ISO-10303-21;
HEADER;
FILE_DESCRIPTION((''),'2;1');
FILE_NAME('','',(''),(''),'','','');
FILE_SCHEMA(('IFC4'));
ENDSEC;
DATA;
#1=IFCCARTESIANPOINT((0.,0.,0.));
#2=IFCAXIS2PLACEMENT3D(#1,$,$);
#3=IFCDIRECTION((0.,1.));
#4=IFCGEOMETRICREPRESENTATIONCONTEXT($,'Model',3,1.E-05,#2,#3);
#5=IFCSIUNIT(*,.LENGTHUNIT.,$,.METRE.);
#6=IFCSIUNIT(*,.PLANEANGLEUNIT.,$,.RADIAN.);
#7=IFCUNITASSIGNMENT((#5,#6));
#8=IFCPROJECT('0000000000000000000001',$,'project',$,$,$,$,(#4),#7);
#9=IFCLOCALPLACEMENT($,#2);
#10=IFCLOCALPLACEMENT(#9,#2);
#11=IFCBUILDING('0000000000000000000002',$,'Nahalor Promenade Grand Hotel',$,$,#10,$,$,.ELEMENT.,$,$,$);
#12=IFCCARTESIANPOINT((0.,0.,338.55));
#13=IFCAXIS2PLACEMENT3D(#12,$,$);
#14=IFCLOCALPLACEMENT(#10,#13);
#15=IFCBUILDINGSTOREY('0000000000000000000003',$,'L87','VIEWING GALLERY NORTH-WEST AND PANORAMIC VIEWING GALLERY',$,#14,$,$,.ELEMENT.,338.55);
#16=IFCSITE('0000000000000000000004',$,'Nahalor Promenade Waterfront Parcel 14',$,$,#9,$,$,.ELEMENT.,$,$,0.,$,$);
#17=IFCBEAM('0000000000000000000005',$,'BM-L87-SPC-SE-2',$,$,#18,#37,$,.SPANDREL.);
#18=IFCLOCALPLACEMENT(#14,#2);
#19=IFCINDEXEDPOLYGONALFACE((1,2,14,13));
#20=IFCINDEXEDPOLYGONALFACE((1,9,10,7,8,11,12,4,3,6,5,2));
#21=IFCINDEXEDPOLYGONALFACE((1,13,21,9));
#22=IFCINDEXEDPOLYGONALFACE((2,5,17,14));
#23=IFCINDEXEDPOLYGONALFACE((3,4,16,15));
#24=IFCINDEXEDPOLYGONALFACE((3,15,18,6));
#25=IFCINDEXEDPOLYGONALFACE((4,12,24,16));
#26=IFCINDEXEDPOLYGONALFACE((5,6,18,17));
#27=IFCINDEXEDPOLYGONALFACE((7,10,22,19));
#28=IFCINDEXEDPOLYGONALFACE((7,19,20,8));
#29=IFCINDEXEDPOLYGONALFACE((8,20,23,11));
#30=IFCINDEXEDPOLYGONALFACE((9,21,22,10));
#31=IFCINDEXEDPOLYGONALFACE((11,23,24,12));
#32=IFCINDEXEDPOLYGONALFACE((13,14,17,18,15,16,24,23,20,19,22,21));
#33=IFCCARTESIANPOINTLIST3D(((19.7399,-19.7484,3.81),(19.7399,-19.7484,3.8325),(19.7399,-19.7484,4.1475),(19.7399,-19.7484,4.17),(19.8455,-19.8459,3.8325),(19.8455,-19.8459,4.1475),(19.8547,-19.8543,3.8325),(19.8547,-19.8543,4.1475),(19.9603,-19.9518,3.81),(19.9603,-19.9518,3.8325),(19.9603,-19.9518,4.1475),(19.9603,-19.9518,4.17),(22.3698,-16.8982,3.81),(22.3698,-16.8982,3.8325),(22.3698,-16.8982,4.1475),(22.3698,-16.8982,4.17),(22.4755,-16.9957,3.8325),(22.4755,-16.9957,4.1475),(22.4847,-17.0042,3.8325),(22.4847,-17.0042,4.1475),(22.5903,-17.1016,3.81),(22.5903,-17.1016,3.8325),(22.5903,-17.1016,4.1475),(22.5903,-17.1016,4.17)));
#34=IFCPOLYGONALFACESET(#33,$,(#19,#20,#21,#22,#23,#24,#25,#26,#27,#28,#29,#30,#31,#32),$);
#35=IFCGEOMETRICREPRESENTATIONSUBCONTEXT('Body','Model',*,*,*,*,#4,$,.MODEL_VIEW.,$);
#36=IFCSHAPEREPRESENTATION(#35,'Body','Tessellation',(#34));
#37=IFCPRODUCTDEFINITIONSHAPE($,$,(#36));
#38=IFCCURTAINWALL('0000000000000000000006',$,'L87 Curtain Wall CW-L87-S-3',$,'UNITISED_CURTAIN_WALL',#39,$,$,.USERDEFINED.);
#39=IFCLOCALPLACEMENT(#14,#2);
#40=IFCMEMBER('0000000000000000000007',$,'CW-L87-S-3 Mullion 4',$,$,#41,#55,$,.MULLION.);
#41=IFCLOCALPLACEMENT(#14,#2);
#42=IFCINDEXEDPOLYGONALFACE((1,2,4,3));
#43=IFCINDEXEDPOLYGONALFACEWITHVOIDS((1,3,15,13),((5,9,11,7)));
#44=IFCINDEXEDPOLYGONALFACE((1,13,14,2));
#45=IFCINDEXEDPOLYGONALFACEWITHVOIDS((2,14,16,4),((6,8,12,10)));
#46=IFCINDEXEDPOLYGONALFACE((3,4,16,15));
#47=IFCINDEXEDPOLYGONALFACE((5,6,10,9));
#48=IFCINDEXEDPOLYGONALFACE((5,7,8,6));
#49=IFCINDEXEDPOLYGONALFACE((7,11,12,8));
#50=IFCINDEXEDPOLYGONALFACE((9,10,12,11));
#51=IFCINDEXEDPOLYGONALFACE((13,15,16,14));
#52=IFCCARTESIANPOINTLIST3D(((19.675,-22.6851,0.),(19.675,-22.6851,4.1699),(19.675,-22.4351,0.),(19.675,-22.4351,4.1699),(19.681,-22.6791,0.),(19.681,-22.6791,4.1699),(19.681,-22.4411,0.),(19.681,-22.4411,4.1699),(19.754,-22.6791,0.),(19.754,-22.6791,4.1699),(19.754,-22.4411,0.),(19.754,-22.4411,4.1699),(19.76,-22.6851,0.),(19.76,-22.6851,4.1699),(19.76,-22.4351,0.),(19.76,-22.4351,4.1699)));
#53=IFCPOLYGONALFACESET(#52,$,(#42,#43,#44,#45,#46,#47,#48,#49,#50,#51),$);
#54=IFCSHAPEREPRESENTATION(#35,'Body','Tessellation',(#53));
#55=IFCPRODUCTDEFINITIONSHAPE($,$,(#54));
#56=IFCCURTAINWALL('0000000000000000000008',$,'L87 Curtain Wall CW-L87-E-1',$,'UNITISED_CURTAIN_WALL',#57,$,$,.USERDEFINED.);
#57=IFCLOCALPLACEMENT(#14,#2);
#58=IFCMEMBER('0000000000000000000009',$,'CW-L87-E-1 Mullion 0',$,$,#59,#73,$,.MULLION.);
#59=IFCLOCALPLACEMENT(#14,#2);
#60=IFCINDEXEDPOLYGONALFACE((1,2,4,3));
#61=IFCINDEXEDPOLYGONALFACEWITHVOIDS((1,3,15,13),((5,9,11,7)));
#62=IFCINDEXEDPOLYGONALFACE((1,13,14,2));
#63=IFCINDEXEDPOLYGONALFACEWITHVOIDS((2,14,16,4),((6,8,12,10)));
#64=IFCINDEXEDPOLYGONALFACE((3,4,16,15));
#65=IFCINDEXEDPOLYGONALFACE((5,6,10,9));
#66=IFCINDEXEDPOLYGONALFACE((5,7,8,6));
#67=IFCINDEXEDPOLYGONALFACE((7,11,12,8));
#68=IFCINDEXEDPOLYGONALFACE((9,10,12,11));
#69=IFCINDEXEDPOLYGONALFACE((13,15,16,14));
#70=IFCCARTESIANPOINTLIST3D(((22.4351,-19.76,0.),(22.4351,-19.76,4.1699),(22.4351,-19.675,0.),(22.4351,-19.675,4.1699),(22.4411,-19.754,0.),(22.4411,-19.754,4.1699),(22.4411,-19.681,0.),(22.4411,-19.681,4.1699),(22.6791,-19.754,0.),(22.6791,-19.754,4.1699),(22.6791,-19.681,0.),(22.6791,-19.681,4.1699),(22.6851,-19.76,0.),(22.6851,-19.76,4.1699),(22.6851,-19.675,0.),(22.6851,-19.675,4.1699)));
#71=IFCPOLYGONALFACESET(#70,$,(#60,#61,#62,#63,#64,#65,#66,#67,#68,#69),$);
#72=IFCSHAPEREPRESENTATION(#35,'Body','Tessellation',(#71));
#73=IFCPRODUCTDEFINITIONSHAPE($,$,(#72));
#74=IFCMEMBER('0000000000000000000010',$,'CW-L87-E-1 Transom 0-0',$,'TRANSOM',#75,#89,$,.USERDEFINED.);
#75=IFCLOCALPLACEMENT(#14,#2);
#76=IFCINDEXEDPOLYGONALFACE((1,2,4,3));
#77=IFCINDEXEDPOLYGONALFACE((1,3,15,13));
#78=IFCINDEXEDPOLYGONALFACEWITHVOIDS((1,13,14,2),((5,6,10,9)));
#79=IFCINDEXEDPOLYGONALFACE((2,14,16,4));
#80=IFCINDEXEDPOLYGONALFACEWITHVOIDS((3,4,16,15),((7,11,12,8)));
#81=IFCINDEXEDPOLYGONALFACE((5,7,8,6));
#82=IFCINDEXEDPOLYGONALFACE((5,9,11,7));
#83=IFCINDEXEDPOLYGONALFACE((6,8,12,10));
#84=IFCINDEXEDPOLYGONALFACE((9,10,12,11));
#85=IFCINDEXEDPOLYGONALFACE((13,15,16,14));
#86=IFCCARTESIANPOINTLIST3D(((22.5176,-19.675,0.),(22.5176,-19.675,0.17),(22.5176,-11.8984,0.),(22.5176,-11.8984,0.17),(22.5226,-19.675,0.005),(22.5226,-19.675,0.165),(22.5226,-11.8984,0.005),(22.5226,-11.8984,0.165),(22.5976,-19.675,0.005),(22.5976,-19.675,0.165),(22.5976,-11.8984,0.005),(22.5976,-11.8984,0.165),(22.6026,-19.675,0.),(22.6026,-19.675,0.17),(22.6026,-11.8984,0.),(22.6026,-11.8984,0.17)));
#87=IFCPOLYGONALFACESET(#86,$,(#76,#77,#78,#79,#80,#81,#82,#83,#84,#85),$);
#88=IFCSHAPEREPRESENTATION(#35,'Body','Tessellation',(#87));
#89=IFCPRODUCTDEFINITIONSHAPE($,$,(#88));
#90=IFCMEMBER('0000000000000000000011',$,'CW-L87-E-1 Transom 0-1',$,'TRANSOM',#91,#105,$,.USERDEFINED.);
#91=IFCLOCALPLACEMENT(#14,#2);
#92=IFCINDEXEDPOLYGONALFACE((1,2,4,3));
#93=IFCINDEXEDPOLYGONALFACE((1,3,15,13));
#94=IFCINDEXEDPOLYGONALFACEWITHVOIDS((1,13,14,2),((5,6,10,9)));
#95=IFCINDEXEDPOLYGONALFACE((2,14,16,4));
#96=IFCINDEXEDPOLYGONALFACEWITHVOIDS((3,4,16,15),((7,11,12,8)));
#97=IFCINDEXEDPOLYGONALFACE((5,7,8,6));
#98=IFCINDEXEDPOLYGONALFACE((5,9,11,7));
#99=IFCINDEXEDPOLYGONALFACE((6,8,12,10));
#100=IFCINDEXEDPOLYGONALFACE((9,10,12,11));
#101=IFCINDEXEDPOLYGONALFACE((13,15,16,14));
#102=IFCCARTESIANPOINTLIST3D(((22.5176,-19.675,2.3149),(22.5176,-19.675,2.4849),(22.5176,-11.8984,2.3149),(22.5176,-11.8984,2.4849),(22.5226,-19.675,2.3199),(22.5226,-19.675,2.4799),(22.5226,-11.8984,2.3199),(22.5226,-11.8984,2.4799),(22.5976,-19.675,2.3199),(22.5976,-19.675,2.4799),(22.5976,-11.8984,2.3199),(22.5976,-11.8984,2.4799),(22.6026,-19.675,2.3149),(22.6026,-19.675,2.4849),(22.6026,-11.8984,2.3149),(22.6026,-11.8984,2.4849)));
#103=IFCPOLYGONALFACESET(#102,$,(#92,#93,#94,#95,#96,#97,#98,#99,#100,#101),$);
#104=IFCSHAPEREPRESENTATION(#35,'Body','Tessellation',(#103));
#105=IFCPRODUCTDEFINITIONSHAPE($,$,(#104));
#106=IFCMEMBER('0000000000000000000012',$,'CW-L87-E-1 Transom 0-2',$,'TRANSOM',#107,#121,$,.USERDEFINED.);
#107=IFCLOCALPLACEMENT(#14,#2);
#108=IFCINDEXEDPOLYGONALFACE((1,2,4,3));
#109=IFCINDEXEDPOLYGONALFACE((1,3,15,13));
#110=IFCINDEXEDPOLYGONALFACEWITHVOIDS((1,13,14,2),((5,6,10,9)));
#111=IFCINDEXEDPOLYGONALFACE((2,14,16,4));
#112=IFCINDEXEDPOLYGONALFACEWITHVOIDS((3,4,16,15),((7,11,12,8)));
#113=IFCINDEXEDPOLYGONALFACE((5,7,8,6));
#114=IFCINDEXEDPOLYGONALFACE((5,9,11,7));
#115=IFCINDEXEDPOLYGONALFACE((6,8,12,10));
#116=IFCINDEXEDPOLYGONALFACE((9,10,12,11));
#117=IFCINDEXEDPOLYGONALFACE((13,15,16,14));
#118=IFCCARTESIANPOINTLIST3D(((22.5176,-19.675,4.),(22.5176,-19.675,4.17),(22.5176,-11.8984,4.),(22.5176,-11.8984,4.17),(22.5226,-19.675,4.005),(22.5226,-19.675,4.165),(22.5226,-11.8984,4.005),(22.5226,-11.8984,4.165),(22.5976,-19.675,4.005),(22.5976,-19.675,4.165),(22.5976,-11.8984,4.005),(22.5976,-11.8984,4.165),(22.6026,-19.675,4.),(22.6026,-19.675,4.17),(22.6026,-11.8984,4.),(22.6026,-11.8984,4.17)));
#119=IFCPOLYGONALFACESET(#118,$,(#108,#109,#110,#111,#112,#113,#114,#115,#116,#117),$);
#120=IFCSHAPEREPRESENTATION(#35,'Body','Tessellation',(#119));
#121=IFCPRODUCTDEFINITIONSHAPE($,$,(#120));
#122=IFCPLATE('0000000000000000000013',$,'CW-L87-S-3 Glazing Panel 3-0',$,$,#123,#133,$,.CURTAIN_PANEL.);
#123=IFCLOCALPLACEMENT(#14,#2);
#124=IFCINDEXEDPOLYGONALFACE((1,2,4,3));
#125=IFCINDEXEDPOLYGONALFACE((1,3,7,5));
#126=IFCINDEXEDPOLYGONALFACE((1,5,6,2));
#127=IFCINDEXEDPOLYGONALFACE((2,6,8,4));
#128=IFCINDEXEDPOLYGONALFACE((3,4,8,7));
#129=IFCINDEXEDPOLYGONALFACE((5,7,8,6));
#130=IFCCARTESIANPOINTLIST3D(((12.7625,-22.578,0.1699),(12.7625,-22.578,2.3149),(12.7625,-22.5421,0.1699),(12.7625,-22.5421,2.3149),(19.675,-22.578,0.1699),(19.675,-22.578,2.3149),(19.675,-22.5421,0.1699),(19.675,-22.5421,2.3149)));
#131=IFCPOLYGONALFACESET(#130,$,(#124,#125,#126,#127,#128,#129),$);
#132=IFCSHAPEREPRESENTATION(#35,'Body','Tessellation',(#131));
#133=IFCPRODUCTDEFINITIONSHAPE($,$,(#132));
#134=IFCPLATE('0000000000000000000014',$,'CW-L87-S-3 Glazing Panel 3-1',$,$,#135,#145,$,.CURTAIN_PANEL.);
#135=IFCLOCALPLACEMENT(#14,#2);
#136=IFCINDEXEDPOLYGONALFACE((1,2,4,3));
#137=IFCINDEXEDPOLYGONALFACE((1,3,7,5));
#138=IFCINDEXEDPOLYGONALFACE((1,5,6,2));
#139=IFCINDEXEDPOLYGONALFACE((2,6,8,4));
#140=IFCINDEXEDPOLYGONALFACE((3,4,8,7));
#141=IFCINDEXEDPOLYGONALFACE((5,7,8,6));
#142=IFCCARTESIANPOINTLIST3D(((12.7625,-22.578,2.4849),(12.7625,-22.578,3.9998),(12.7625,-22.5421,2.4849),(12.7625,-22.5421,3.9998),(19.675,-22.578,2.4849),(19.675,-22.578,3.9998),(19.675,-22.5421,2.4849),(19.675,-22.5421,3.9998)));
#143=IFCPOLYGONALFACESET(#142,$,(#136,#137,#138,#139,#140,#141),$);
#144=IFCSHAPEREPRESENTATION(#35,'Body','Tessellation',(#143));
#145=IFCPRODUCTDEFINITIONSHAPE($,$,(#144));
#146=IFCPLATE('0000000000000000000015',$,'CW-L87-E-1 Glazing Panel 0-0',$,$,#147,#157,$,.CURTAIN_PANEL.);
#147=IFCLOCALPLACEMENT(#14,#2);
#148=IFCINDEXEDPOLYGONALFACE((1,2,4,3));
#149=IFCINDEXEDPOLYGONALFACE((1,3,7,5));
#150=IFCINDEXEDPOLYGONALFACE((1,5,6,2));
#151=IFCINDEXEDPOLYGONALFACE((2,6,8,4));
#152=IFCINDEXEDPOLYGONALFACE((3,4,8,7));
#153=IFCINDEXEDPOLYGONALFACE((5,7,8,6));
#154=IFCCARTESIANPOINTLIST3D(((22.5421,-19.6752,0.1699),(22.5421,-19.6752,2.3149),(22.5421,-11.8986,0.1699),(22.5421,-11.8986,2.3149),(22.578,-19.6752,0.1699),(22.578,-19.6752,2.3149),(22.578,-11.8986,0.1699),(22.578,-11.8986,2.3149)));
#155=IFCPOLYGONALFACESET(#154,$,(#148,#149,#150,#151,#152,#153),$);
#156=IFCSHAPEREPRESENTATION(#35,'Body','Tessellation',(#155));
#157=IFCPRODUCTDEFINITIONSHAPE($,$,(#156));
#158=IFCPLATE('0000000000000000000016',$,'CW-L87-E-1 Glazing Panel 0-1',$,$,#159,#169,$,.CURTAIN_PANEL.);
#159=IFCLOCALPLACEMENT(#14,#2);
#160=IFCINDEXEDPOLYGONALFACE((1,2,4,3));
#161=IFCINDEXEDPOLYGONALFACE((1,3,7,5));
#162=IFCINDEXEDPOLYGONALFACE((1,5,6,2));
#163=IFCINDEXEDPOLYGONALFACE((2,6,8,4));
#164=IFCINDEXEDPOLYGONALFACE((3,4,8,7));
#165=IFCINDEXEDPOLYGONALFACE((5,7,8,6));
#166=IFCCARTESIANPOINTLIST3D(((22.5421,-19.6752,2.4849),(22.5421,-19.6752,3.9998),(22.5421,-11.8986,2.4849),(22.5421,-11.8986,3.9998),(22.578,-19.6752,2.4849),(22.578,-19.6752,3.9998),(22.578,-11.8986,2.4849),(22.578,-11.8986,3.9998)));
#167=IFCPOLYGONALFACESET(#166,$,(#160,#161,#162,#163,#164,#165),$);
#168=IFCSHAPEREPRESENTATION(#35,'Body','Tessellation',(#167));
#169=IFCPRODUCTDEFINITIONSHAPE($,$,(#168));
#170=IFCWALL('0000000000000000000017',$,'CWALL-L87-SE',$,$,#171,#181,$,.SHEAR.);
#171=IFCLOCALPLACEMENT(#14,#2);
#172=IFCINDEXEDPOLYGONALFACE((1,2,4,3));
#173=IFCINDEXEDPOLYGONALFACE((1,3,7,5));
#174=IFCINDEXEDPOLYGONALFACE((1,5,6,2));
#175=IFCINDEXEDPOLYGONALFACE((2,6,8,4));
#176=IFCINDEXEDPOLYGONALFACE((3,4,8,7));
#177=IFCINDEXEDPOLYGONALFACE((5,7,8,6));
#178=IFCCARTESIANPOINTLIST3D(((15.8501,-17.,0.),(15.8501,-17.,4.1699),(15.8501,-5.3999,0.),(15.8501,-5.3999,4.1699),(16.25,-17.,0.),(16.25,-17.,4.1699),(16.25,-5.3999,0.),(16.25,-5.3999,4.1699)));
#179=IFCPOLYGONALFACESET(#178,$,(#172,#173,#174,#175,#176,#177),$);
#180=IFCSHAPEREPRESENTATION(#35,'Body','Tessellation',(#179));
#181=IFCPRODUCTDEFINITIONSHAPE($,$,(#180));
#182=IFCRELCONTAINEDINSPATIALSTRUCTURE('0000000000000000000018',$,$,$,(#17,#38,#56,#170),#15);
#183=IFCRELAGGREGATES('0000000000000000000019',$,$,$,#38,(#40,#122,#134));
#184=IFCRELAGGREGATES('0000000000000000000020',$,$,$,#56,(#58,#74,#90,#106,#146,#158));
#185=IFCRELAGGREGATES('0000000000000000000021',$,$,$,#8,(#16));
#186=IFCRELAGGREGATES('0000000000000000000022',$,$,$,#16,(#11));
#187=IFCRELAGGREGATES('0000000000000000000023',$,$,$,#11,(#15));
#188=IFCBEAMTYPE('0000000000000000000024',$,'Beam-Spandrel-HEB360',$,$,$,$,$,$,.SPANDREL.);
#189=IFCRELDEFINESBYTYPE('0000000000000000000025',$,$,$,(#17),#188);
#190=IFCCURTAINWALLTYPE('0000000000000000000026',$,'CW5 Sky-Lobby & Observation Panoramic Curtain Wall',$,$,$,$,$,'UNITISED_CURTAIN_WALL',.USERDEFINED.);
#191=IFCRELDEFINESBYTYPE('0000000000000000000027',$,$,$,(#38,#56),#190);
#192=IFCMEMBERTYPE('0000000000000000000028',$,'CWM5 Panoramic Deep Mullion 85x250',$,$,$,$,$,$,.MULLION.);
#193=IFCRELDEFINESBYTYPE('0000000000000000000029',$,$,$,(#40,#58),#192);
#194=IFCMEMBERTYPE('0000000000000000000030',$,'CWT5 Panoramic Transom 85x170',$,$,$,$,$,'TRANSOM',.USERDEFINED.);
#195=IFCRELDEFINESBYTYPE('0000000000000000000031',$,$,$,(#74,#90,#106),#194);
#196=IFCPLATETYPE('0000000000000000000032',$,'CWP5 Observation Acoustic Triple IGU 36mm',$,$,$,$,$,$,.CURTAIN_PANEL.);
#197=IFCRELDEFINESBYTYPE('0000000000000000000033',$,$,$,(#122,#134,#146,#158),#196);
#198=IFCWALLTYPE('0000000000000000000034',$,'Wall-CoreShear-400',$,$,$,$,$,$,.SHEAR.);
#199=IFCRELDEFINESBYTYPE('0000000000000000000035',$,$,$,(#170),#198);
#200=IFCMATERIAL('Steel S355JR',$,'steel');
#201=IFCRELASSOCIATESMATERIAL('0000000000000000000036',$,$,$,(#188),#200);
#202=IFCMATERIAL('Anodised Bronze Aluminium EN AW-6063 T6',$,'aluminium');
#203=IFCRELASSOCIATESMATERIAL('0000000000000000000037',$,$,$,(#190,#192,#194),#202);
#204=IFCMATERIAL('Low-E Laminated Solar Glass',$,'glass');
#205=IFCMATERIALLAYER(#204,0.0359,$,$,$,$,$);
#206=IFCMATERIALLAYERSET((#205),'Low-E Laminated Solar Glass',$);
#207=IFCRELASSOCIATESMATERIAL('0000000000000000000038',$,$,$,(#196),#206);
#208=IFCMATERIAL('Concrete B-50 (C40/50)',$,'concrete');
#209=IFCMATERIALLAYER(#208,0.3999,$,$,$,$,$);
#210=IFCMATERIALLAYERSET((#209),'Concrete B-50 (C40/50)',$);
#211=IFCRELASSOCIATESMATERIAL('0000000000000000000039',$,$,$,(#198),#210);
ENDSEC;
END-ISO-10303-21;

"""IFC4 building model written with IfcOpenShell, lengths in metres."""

from ifc_helpers import new_model, si_unit, direction, frame, frame_2d, origin, origin_2d, place, context, subcontext, project, spatial, rectangle, hollow_rectangle, i_section, extrude, source, transform, mapped, material, layer, layer_set, material_profile, profile_set, type_object, element, aggregate, save


model = new_model("IFC4")

# Units and contexts
model_context = context("Model", 3, precision=1e-05, world=origin(), true_north=direction((0.0, 1.0)))
body_context = subcontext(model_context, "Body", "Model", "MODEL_VIEW")
ifc_project = project(units=[si_unit("LENGTHUNIT", "METRE"), si_unit("PLANEANGLEUNIT", "RADIAN")], contexts=[model_context])

# Site, building, storey
site_placement = place(None, origin())
site = spatial("IfcSite", under=ifc_project, at=site_placement, Name="Nahalor Promenade Waterfront Parcel 14", CompositionType="ELEMENT", RefElevation=0.0)
building_placement = place(site_placement, origin())
building = spatial("IfcBuilding", under=site, at=building_placement, Name="Nahalor Promenade Grand Hotel", CompositionType="ELEMENT")
storey_placement = place(building_placement, frame((0.0, 0.0, 338.55)))
storey = spatial("IfcBuildingStorey", under=building, at=storey_placement, Name="L87", Description="VIEWING GALLERY NORTH-WEST AND PANORAMIC VIEWING GALLERY", CompositionType="ELEMENT", Elevation=338.55)

# Shared definitions
ifc_material_1 = material(Name="Concrete B-50 (C40/50)", Category="concrete")
ifc_material_2 = material(Name="Steel S355JR", Category="steel")

# Beam
ifc_material_profile_1 = material_profile(ifc_material_2, i_section(OverallWidth=0.3, OverallDepth=0.36, WebThickness=0.0125, FlangeThickness=0.0225, at=origin_2d()), Name="HEB 360")
ifc_profile_set_1 = profile_set([ifc_material_profile_1], Name="Steel S355JR")
beam_type_1 = type_object("IfcBeamType", Name="Beam-Spandrel-HEB360", PredefinedType="SPANDREL", material=ifc_profile_set_1)
shared_shape_1 = source(origin(), body_context, "Body", "SweptSolid", [
    extrude(i_section(OverallWidth=0.3, OverallDepth=0.36, WebThickness=0.0125, FlangeThickness=0.0225, at=origin_2d()), origin(), (0.0, 0.0, 1.0), 3.8782),
])
for number, where, z_axis, x_axis, name in (
    (1, (19.8501, -19.8501, 3.99), (0.678144, 0.734929, 0.0), (-0.734929, 0.678144, 0.0), "BM-L87-SPC-SE-2"),
):
    element("IfcBeam", number, at=place(storey_placement, frame(where, z_axis=z_axis, x_axis=x_axis)), inside=storey, type_object=beam_type_1, Name=name, PredefinedType="SPANDREL", context=body_context, shape_type="MappedRepresentation", body=[
        mapped(shared_shape_1, transform((0.0, 0.0, 0.0), scale=1.0)),
    ])

# Curtain wall, member
ifc_material_3 = material(Name="Anodised Bronze Aluminium EN AW-6063 T6", Category="aluminium")
curtain_wall_type = type_object("IfcCurtainWallType", Name="CW5 Sky-Lobby & Observation Panoramic Curtain Wall", ElementType="UNITISED_CURTAIN_WALL", PredefinedType="USERDEFINED", material=ifc_material_3)
curtain_wall_1_placement = place(storey_placement, origin())
curtain_wall_1 = element("IfcCurtainWall", 2, at=curtain_wall_1_placement, inside=storey, type_object=curtain_wall_type, Name="L87 Curtain Wall CW-L87-S-3", ObjectType="UNITISED_CURTAIN_WALL", PredefinedType="USERDEFINED")
ifc_material_profile_2 = material_profile(ifc_material_3, hollow_rectangle(XDim=0.085, YDim=0.25, WallThickness=0.006, at=origin_2d()), Name="CWM 85x250x6")
ifc_profile_set_2 = profile_set([ifc_material_profile_2], Name="Anodised Bronze Aluminium EN AW-6063 T6")
member_type_1 = type_object("IfcMemberType", Name="CWM5 Panoramic Deep Mullion 85x250", PredefinedType="MULLION", material=ifc_profile_set_2)
shared_shape_2 = source(origin(), body_context, "Body", "SweptSolid", [
    extrude(hollow_rectangle(XDim=0.085, YDim=0.25, WallThickness=0.006, at=origin_2d()), origin(), (0.0, 0.0, 1.0), 4.1699),
])
member_1_placement = place(storey_placement, frame((19.7175, -22.5601, 0.0), z_axis=(0.0, 0.0, 1.0), x_axis=(1.0, 0.0, 0.0)))
member_1 = element("IfcMember", 3, at=member_1_placement, type_object=member_type_1, Name="CW-L87-S-3 Mullion 4", PredefinedType="MULLION", context=body_context, shape_type="MappedRepresentation", body=[
    mapped(shared_shape_2, transform((0.0, 0.0, 0.0), scale=1.0)),
])

# Curtain wall, members
curtain_wall_2_placement = place(storey_placement, origin())
curtain_wall_2 = element("IfcCurtainWall", 4, at=curtain_wall_2_placement, inside=storey, type_object=curtain_wall_type, Name="L87 Curtain Wall CW-L87-E-1", ObjectType="UNITISED_CURTAIN_WALL", PredefinedType="USERDEFINED")
member_2_placement = place(storey_placement, frame((22.5601, -19.7175, 0.0), z_axis=(0.0, 0.0, 1.0), x_axis=(0.0, 1.0, 0.0)))
member_2 = element("IfcMember", 5, at=member_2_placement, type_object=member_type_1, Name="CW-L87-E-1 Mullion 0", PredefinedType="MULLION", context=body_context, shape_type="MappedRepresentation", body=[
    mapped(shared_shape_2, transform((0.0, 0.0, 0.0), scale=1.0)),
])
ifc_material_profile_3 = material_profile(ifc_material_3, hollow_rectangle(XDim=0.085, YDim=0.17, WallThickness=0.005, at=origin_2d()), Name="CWT 85x170x5")
ifc_profile_set_3 = profile_set([ifc_material_profile_3], Name="Anodised Bronze Aluminium EN AW-6063 T6")
member_type_2 = type_object("IfcMemberType", Name="CWT5 Panoramic Transom 85x170", ElementType="TRANSOM", PredefinedType="USERDEFINED", material=ifc_profile_set_3)
shared_shape_3 = source(origin(), body_context, "Body", "SweptSolid", [
    extrude(hollow_rectangle(XDim=0.085, YDim=0.17, WallThickness=0.005, at=origin_2d()), origin(), (0.0, 0.0, 1.0), 7.7766),
])
member_3_placement = place(storey_placement, frame((22.5601, -19.675, 0.085), z_axis=(0.0, 1.0, 0.0), x_axis=(-1.0, 0.0, 0.0)))
member_3 = element("IfcMember", 6, at=member_3_placement, type_object=member_type_2, Name="CW-L87-E-1 Transom 0-0", ObjectType="TRANSOM", PredefinedType="USERDEFINED", context=body_context, shape_type="MappedRepresentation", body=[
    mapped(shared_shape_3, transform((0.0, 0.0, 0.0), scale=1.0)),
])
member_4_placement = place(storey_placement, frame((22.5601, -19.675, 2.3999), z_axis=(0.0, 1.0, 0.0), x_axis=(-1.0, 0.0, 0.0)))
member_4 = element("IfcMember", 7, at=member_4_placement, type_object=member_type_2, Name="CW-L87-E-1 Transom 0-1", ObjectType="TRANSOM", PredefinedType="USERDEFINED", context=body_context, shape_type="MappedRepresentation", body=[
    mapped(shared_shape_3, transform((0.0, 0.0, 0.0), scale=1.0)),
])
member_5_placement = place(storey_placement, frame((22.5601, -19.675, 4.085), z_axis=(0.0, 1.0, 0.0), x_axis=(-1.0, 0.0, 0.0)))
member_5 = element("IfcMember", 8, at=member_5_placement, type_object=member_type_2, Name="CW-L87-E-1 Transom 0-2", ObjectType="TRANSOM", PredefinedType="USERDEFINED", context=body_context, shape_type="MappedRepresentation", body=[
    mapped(shared_shape_3, transform((0.0, 0.0, 0.0), scale=1.0)),
])

# Plates
ifc_material_4 = material(Name="Low-E Laminated Solar Glass", Category="glass")
ifc_layer_1 = layer(ifc_material_4, 0.0359)
ifc_layer_set_1 = layer_set([ifc_layer_1], Name="Low-E Laminated Solar Glass")
plate_type = type_object("IfcPlateType", Name="CWP5 Observation Acoustic Triple IGU 36mm", PredefinedType="CURTAIN_PANEL", material=ifc_layer_set_1)
shared_shape_4 = source(origin(), body_context, "Body", "SweptSolid", [
    extrude(rectangle(XDim=6.9126, YDim=0.0359, at=origin_2d()), origin(), (0.0, 0.0, 1.0), 2.145),
])
plate_1_placement = place(storey_placement, frame((16.2188, -22.5601, 0.1699), z_axis=(0.0, 0.0, 1.0), x_axis=(1.0, 0.0, 0.0)))
plate_1 = element("IfcPlate", 9, at=plate_1_placement, type_object=plate_type, Name="CW-L87-S-3 Glazing Panel 3-0", PredefinedType="CURTAIN_PANEL", context=body_context, shape_type="MappedRepresentation", body=[
    mapped(shared_shape_4, transform((0.0, 0.0, 0.0), scale=1.0)),
])
shared_shape_5 = source(origin(), body_context, "Body", "SweptSolid", [
    extrude(rectangle(XDim=6.9126, YDim=0.0359, at=origin_2d()), origin(), (0.0, 0.0, 1.0), 1.5149),
])
plate_2_placement = place(storey_placement, frame((16.2188, -22.5601, 2.4849), z_axis=(0.0, 0.0, 1.0), x_axis=(1.0, 0.0, 0.0)))
plate_2 = element("IfcPlate", 10, at=plate_2_placement, type_object=plate_type, Name="CW-L87-S-3 Glazing Panel 3-1", PredefinedType="CURTAIN_PANEL", context=body_context, shape_type="MappedRepresentation", body=[
    mapped(shared_shape_5, transform((0.0, 0.0, 0.0), scale=1.0)),
])
aggregate(curtain_wall_1, [member_1, plate_1, plate_2])
shared_shape_6 = source(origin(), body_context, "Body", "SweptSolid", [
    extrude(rectangle(XDim=7.7766, YDim=0.0359, at=origin_2d()), origin(), (0.0, 0.0, 1.0), 2.145),
])
plate_3_placement = place(storey_placement, frame((22.5601, -15.7869, 0.1699), z_axis=(0.0, 0.0, 1.0), x_axis=(0.0, 1.0, 0.0)))
plate_3 = element("IfcPlate", 11, at=plate_3_placement, type_object=plate_type, Name="CW-L87-E-1 Glazing Panel 0-0", PredefinedType="CURTAIN_PANEL", context=body_context, shape_type="MappedRepresentation", body=[
    mapped(shared_shape_6, transform((0.0, 0.0, 0.0), scale=1.0)),
])
shared_shape_7 = source(origin(), body_context, "Body", "SweptSolid", [
    extrude(rectangle(XDim=7.7766, YDim=0.0359, at=origin_2d()), origin(), (0.0, 0.0, 1.0), 1.5149),
])
plate_4_placement = place(storey_placement, frame((22.5601, -15.7869, 2.4849), z_axis=(0.0, 0.0, 1.0), x_axis=(0.0, 1.0, 0.0)))
plate_4 = element("IfcPlate", 12, at=plate_4_placement, type_object=plate_type, Name="CW-L87-E-1 Glazing Panel 0-1", PredefinedType="CURTAIN_PANEL", context=body_context, shape_type="MappedRepresentation", body=[
    mapped(shared_shape_7, transform((0.0, 0.0, 0.0), scale=1.0)),
])
aggregate(curtain_wall_2, [member_2, member_3, member_4, member_5, plate_3, plate_4])

# Wall
ifc_layer_2 = layer(ifc_material_1, 0.3999)
ifc_layer_set_2 = layer_set([ifc_layer_2], Name="Concrete B-50 (C40/50)")
wall_type_1 = type_object("IfcWallType", Name="Wall-CoreShear-400", PredefinedType="SHEAR", material=ifc_layer_set_2)
shared_shape_8 = source(origin(), body_context, "Body", "SweptSolid", [
    extrude(rectangle(XDim=11.6001, YDim=0.3999, at=frame_2d((5.8, 0.0))), origin(), (0.0, 0.0, 1.0), 4.1699),
])
wall_1_placement = place(storey_placement, frame((16.05, -17.0, 0.0), z_axis=(0.0, 0.0, 1.0), x_axis=(0.0, 1.0, 0.0)))
element("IfcWall", 13, at=wall_1_placement, inside=storey, type_object=wall_type_1, Name="CWALL-L87-SE", PredefinedType="SHEAR", context=body_context, shape_type="MappedRepresentation", body=[
    mapped(shared_shape_8, transform((0.0, 0.0, 0.0), scale=1.0)),
])

save(model, "model.ifc")
